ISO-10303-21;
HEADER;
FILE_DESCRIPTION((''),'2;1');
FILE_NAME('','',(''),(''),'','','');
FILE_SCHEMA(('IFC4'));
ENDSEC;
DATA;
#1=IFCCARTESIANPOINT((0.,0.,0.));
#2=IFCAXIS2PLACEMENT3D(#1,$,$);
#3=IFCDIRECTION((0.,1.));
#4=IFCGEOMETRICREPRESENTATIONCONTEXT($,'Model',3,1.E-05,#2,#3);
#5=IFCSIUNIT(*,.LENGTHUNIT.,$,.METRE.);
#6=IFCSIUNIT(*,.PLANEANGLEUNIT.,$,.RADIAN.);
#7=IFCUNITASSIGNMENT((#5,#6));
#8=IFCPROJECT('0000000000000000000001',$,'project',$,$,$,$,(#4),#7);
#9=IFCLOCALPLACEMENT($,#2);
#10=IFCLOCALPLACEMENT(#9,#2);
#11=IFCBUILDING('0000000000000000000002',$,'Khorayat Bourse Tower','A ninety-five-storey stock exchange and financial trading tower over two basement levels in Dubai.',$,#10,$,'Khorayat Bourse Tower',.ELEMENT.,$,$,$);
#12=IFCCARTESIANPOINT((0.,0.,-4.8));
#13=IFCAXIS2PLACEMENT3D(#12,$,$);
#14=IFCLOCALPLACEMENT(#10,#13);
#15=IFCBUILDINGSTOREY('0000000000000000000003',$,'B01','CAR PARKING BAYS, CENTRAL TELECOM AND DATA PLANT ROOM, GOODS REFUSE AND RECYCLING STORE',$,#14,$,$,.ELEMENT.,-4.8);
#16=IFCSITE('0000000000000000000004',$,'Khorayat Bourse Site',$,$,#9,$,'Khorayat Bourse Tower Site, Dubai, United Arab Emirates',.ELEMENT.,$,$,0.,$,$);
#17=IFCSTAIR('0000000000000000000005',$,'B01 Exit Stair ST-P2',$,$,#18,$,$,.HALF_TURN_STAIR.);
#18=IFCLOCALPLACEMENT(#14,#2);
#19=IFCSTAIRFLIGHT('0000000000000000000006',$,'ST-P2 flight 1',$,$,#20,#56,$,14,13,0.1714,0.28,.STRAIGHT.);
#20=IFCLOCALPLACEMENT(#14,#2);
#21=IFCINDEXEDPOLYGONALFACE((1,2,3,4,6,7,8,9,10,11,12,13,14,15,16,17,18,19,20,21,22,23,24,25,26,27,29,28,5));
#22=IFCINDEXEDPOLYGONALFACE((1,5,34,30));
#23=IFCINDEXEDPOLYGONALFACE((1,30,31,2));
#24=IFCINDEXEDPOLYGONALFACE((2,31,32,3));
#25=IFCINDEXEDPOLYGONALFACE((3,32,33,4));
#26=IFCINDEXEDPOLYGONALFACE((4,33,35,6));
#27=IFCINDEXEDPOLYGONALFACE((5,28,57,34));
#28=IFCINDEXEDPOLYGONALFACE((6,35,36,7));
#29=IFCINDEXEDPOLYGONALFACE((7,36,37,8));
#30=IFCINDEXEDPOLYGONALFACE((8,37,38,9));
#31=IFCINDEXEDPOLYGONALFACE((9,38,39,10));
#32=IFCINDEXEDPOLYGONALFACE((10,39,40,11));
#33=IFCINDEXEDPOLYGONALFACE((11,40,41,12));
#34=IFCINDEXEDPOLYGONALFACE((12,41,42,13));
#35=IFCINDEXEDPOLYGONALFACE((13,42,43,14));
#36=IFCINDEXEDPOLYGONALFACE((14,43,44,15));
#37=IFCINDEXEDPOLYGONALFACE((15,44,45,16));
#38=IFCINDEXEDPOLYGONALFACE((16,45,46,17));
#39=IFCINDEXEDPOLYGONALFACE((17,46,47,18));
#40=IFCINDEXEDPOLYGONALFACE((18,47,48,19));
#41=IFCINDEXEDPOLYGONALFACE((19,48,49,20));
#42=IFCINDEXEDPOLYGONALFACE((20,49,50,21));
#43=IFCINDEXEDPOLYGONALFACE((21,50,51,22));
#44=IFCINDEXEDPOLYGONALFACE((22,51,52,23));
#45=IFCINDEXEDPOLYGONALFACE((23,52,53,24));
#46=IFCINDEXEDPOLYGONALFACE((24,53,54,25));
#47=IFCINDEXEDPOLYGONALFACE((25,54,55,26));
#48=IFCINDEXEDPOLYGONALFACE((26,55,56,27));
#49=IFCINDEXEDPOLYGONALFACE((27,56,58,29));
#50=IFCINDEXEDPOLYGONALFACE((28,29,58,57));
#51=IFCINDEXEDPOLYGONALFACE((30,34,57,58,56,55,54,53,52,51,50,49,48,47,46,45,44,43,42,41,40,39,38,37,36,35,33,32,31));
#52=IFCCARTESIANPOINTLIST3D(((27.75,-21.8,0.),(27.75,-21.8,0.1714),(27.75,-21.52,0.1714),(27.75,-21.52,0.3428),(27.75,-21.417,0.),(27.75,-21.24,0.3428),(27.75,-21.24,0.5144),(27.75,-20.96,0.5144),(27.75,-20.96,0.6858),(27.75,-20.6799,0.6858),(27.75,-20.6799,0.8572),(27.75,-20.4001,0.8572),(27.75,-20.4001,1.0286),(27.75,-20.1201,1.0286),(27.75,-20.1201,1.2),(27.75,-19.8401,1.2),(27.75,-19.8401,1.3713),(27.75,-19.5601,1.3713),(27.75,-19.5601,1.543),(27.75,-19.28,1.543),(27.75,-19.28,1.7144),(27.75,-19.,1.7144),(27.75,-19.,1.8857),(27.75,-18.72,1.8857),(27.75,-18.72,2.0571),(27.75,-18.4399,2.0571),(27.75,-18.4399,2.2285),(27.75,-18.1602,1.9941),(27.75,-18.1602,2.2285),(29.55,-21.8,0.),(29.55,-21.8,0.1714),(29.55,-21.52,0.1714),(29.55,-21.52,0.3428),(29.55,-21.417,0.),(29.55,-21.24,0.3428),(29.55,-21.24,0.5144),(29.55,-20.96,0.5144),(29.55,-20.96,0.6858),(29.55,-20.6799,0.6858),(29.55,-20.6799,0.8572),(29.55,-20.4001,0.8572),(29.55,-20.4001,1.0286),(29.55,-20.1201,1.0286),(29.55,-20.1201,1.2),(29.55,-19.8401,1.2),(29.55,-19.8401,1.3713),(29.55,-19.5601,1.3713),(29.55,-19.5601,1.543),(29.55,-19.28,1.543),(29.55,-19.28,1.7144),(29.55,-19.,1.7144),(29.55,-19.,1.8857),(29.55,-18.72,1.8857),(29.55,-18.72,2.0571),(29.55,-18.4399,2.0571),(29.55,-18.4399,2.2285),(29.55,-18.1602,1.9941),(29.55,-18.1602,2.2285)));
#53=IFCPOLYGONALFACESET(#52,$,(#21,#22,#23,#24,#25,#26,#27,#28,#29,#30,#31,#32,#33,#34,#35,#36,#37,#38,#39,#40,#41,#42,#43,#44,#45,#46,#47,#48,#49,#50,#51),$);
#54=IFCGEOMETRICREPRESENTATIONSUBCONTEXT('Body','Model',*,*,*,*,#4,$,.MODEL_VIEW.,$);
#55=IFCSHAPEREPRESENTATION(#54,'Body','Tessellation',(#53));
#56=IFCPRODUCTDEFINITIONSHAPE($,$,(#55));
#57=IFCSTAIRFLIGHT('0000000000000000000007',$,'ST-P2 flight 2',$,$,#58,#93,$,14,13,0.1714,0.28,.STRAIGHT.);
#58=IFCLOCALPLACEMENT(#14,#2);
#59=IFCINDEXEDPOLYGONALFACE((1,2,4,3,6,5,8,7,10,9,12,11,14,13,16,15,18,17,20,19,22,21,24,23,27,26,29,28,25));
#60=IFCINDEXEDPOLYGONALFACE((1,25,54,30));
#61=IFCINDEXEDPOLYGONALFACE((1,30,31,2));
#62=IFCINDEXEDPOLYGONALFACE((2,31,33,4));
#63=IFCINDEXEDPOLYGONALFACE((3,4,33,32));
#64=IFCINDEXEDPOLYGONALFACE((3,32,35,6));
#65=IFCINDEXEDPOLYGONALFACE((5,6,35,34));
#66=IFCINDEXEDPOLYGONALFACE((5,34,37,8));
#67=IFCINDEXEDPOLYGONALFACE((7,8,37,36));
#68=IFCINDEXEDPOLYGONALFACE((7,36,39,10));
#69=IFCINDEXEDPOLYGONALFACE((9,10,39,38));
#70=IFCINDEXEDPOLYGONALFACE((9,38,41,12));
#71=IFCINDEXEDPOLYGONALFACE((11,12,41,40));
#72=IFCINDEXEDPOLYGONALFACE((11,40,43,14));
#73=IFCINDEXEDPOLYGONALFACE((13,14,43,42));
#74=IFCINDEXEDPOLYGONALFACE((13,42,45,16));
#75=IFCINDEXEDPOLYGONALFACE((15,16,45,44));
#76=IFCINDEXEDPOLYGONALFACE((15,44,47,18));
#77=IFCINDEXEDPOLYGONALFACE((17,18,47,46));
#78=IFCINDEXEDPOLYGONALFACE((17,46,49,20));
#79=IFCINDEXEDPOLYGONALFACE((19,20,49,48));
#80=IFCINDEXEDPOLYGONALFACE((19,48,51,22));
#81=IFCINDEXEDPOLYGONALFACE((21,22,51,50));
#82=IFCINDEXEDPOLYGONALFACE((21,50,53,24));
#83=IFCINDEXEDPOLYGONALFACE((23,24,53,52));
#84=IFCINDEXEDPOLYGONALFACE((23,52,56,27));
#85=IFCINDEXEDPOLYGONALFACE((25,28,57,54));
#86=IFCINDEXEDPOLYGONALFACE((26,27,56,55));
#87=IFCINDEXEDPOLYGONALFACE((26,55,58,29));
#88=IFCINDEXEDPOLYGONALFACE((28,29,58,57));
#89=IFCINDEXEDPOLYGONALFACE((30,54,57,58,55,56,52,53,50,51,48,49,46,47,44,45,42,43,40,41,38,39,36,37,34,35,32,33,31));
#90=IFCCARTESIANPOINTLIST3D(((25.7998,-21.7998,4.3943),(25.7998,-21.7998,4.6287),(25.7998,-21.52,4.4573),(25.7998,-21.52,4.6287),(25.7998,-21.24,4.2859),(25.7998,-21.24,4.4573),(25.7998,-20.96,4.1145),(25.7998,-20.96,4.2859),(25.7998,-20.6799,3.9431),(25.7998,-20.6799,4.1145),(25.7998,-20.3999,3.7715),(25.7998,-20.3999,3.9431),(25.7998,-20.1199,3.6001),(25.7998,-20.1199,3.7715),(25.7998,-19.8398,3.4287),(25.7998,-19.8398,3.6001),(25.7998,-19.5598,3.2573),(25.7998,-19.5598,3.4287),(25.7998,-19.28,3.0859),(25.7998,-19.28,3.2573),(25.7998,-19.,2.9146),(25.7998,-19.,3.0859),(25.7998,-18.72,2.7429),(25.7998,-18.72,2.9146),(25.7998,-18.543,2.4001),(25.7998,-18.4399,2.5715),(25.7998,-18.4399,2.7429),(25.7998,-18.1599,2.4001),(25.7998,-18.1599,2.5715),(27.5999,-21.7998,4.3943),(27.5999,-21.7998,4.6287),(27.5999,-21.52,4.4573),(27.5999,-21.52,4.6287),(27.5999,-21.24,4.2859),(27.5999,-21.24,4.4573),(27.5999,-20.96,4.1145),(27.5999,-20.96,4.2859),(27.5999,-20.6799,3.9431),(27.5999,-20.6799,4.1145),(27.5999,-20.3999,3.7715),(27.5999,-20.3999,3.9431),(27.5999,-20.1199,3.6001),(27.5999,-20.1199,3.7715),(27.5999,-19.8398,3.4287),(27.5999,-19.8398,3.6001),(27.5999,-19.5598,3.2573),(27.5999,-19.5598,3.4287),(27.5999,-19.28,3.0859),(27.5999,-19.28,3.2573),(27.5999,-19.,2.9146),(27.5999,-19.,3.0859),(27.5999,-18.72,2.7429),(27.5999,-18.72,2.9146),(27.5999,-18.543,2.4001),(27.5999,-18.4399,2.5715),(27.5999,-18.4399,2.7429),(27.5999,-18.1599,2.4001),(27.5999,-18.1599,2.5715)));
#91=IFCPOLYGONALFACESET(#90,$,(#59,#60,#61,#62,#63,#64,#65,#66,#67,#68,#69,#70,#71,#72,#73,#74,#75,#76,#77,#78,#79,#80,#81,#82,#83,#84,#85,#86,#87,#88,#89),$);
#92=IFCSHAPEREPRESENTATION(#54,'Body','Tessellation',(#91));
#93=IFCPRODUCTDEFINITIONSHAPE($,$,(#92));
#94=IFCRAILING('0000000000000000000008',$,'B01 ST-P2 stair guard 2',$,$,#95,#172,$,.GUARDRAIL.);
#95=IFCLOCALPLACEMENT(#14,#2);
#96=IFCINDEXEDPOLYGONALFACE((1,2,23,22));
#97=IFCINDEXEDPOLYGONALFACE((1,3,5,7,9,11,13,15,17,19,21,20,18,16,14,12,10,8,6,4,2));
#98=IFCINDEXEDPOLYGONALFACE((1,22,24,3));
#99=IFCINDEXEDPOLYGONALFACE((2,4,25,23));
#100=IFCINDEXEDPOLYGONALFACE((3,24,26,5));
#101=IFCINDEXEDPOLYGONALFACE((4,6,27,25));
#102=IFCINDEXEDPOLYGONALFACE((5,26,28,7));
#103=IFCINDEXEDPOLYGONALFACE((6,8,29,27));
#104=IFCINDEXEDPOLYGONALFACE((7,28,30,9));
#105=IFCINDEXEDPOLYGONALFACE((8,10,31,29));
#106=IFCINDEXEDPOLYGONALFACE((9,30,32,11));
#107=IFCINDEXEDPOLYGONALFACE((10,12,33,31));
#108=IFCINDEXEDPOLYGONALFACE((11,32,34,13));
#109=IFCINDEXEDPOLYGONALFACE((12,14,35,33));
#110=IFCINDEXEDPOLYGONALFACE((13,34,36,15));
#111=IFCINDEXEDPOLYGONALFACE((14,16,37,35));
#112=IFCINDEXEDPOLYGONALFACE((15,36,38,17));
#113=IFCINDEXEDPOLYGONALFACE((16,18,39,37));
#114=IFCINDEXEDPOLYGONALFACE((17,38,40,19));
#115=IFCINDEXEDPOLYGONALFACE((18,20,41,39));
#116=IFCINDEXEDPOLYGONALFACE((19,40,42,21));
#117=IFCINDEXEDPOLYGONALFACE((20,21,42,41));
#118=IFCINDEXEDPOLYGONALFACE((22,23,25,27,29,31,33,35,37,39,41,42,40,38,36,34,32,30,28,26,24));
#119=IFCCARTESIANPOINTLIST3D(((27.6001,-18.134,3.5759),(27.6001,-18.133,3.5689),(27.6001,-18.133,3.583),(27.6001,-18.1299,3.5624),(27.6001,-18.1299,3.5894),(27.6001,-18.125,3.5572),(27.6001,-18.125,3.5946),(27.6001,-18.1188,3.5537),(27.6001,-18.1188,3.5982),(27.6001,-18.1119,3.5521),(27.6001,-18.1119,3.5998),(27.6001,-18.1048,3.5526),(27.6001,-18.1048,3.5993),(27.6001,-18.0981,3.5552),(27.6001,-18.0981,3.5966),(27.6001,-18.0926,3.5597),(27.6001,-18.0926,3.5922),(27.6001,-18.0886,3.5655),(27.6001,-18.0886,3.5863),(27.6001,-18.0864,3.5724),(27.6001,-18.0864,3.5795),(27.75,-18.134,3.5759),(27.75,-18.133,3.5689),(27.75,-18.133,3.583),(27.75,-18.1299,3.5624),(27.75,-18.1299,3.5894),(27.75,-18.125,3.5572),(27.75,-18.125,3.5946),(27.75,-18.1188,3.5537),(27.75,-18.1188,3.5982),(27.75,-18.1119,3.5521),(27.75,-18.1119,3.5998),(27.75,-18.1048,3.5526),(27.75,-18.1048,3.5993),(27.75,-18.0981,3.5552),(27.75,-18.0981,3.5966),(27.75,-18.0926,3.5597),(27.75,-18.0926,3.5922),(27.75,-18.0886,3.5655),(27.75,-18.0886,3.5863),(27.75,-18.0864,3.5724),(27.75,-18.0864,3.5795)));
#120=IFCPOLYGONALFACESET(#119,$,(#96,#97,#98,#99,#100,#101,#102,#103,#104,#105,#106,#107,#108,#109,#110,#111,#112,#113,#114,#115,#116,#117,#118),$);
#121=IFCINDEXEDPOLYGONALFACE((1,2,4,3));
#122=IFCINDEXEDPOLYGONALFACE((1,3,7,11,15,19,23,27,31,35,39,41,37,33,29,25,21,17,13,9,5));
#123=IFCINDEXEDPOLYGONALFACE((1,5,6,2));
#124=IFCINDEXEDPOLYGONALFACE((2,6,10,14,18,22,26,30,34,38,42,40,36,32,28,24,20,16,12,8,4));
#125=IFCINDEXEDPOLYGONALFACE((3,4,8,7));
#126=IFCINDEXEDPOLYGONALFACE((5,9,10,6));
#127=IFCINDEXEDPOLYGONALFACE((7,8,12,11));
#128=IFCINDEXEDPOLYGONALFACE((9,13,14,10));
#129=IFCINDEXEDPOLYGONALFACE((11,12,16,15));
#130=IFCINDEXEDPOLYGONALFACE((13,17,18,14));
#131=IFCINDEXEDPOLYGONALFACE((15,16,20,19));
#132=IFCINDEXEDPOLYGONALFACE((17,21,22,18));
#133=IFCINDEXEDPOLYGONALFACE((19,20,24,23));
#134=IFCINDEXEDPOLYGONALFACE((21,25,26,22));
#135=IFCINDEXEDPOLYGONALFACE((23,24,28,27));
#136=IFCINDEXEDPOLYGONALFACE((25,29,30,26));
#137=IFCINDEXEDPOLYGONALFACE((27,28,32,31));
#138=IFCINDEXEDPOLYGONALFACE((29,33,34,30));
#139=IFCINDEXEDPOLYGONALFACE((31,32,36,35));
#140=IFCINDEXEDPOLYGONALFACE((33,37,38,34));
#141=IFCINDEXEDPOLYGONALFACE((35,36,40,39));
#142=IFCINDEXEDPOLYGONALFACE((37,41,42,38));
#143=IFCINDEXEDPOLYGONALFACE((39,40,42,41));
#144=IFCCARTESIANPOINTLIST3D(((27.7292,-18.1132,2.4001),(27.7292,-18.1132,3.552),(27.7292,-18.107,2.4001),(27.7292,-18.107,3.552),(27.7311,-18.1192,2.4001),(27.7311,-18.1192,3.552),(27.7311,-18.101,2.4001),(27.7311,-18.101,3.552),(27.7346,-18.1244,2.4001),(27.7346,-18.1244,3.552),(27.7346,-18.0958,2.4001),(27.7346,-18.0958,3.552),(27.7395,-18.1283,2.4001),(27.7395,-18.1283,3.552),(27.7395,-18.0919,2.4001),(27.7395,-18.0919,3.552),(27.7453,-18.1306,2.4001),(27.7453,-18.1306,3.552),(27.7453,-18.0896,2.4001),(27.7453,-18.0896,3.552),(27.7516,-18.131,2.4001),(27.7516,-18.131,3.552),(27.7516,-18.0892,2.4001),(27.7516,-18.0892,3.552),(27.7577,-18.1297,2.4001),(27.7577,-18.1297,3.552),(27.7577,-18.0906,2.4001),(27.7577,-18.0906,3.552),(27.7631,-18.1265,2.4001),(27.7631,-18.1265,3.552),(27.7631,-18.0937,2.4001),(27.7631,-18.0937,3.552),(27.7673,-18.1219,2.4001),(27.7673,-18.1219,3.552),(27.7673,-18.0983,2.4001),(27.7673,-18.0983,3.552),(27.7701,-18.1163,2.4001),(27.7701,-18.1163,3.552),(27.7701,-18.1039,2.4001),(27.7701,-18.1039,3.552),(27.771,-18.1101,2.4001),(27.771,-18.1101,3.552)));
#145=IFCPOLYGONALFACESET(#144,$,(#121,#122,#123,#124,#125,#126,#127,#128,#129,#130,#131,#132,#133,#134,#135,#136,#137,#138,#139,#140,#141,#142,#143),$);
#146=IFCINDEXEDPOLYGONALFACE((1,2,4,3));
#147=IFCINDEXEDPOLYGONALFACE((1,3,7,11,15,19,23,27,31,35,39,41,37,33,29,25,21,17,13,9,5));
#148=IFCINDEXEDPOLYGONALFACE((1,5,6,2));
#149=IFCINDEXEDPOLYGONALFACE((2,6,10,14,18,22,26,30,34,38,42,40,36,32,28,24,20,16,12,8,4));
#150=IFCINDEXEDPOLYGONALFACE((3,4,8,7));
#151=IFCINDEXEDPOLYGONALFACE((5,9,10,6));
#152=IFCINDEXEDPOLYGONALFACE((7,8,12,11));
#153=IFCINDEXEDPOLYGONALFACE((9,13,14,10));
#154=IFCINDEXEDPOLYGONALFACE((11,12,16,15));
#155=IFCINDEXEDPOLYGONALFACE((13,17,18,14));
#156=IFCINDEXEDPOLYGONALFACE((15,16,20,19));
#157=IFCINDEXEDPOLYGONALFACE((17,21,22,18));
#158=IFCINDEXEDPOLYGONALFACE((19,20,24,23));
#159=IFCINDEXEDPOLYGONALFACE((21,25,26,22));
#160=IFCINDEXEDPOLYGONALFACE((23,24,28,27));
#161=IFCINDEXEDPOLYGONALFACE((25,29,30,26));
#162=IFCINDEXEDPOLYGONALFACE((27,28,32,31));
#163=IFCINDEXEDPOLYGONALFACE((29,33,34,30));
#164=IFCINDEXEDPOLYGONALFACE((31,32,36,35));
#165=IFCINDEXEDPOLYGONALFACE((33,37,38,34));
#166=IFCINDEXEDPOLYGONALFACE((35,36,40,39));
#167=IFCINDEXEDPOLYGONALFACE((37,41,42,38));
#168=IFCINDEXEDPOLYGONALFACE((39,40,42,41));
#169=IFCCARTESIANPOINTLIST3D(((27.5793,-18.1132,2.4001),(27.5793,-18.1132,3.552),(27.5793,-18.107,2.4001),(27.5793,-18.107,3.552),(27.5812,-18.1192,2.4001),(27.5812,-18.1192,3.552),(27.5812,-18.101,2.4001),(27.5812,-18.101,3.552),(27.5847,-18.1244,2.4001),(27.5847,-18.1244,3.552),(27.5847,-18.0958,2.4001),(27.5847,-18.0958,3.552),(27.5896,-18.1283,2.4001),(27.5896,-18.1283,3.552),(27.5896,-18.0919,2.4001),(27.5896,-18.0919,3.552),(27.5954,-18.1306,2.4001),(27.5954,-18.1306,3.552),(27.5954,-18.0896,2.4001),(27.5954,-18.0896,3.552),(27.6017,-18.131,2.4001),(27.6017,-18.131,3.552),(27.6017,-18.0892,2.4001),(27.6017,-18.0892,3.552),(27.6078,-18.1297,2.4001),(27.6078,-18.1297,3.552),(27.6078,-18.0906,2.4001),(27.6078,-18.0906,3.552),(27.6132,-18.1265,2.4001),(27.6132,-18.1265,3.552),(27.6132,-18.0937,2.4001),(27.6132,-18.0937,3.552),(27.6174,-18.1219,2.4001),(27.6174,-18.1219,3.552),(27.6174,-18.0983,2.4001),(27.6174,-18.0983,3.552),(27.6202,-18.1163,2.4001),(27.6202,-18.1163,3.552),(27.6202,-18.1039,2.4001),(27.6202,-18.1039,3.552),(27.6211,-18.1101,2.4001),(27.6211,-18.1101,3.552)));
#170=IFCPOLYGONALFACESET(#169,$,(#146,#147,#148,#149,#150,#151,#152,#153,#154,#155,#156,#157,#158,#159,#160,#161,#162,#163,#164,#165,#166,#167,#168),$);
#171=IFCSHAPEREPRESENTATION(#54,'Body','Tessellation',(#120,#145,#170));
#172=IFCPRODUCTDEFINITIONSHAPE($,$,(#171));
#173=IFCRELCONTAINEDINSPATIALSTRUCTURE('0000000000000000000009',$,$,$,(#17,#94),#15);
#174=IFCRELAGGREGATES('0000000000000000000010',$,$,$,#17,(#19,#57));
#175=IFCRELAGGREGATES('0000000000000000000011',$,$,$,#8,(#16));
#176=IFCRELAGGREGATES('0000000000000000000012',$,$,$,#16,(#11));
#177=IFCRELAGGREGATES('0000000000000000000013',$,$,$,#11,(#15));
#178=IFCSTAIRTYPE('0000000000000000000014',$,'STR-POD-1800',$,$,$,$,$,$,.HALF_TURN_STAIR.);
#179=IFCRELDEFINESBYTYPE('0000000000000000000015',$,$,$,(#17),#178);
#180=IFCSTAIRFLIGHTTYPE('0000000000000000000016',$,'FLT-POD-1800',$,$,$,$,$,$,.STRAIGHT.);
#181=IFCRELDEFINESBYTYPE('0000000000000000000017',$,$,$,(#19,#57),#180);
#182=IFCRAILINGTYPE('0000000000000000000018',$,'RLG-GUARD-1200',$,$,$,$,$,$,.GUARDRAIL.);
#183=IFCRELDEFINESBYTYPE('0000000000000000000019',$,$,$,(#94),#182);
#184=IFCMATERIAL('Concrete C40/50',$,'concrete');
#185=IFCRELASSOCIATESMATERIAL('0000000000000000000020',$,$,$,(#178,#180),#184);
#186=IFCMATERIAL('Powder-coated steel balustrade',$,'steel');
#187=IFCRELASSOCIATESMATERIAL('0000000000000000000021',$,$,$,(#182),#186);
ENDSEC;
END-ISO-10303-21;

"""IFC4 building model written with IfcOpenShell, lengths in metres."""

from ifc_helpers import new_model, si_unit, direction, frame, origin, origin_2d, place, context, subcontext, project, spatial, polyline, circle, outline, extrude, source, transform, mapped, material, type_object, element, aggregate, save


model = new_model("IFC4")

# Units and contexts
model_context = context("Model", 3, precision=1e-05, world=origin(), true_north=direction((0.0, 1.0)))
body_context = subcontext(model_context, "Body", "Model", "MODEL_VIEW")
ifc_project = project(units=[si_unit("LENGTHUNIT", "METRE"), si_unit("PLANEANGLEUNIT", "RADIAN")], contexts=[model_context])

# Site, building, storey
site_placement = place(None, origin())
site = spatial("IfcSite", under=ifc_project, at=site_placement, Name="Khorayat Bourse Site", LongName="Khorayat Bourse Tower Site, Dubai, United Arab Emirates", CompositionType="ELEMENT", RefElevation=0.0)
building_placement = place(site_placement, origin())
building = spatial("IfcBuilding", under=site, at=building_placement, Name="Khorayat Bourse Tower", Description="A ninety-five-storey stock exchange and financial trading tower over two basement levels in Dubai.", LongName="Khorayat Bourse Tower", CompositionType="ELEMENT")
storey_placement = place(building_placement, frame((0.0, 0.0, -4.8)))
storey = spatial("IfcBuildingStorey", under=building, at=storey_placement, Name="B01", Description="CAR PARKING BAYS, CENTRAL TELECOM AND DATA PLANT ROOM, GOODS REFUSE AND RECYCLING STORE", CompositionType="ELEMENT", Elevation=-4.8)

# Stair, stair flights
ifc_material_1 = material(Name="Concrete C40/50", Category="concrete")
stair_type = type_object("IfcStairType", Name="STR-POD-1800", PredefinedType="HALF_TURN_STAIR", material=ifc_material_1)
stair_placement = place(storey_placement, origin())
stair = element("IfcStair", 1, at=stair_placement, inside=storey, type_object=stair_type, Name="B01 Exit Stair ST-P2", PredefinedType="HALF_TURN_STAIR")
stair_flight_type = type_object("IfcStairFlightType", Name="FLT-POD-1800", PredefinedType="STRAIGHT", material=ifc_material_1)
shared_shape_1 = source(origin(), body_context, "Body", "SweptSolid", [
    extrude(outline(polyline([(0.0, 0.0), (0.0, 0.1714), (0.28, 0.1714), (0.28, 0.3428), (0.5601, 0.3428), (0.5601, 0.5144), (0.8401, 0.5144), (0.8401, 0.6858), (1.1201, 0.6858), (1.1201, 0.8572), (1.3999, 0.8572), (1.3999, 1.0286), (1.6799, 1.0286), (1.6799, 1.2), (1.96, 1.2), (1.96, 1.3713), (2.24, 1.3713), (2.24, 1.543), (2.52, 1.543), (2.52, 1.7144), (2.8, 1.7144), (2.8, 1.8857), (3.0801, 1.8857), (3.0801, 2.0571), (3.3601, 2.0571), (3.3601, 2.2285), (3.6399, 2.2285), (3.6399, 2.3999), (3.6399, 1.9941), (0.3831, 0.0), (0.0, 0.0)])), frame((0.0, 0.8999, 0.0), z_axis=(0.0, -1.0, 0.0), x_axis=(1.0, 0.0, 0.0)), (0.0, 0.0, 1.0), 1.8),
])
stair_flight_1_placement = place(storey_placement, frame((28.6499, -21.8, 0.0), z_axis=(0.0, 0.0, 1.0), x_axis=(0.0, 1.0, 0.0)))
stair_flight_1 = element("IfcStairFlight", 2, at=stair_flight_1_placement, type_object=stair_flight_type, Name="ST-P2 flight 1", NumberOfRisers=14, NumberOfTreads=13, PredefinedType="STRAIGHT", RiserHeight=0.1714, TreadLength=0.28, context=body_context, shape_type="MappedRepresentation", body=[
    mapped(shared_shape_1, transform((0.0, 0.0, 0.0), scale=1.0)),
])
stair_flight_2_placement = place(storey_placement, frame((26.7, -18.1599, 2.4001), z_axis=(0.0, 0.0, 1.0), x_axis=(0.0, -1.0, 0.0)))
stair_flight_2 = element("IfcStairFlight", 3, at=stair_flight_2_placement, type_object=stair_flight_type, Name="ST-P2 flight 2", NumberOfRisers=14, NumberOfTreads=13, PredefinedType="STRAIGHT", RiserHeight=0.1714, TreadLength=0.28, context=body_context, shape_type="MappedRepresentation", body=[
    mapped(shared_shape_1, transform((0.0, 0.0, 0.0), scale=1.0)),
])
aggregate(stair, [stair_flight_1, stair_flight_2])

# Railing
ifc_material_2 = material(Name="Powder-coated steel balustrade", Category="steel")
railing_type_1 = type_object("IfcRailingType", Name="RLG-GUARD-1200", PredefinedType="GUARDRAIL", material=ifc_material_2)
shared_shape_2 = source(origin(), body_context, "Body", "SweptSolid", [
    extrude(circle(Radius=0.0239, at=origin_2d()), frame((0.0, 0.0, 1.1758), z_axis=(-1.0, 0.0, 0.0), x_axis=(0.0, -1.0, 0.0)), (0.0, 0.0, 1.0), 0.1499),
    extrude(circle(Radius=0.021, at=origin_2d()), origin(), (0.0, 0.0, 1.0), 1.1519),
    extrude(circle(Radius=0.021, at=origin_2d()), frame((-0.1499, 0.0, 0.0)), (0.0, 0.0, 1.0), 1.1519),
])
for number, where, name in (
    (4, (27.75, -18.1101, 2.4001), "B01 ST-P2 stair guard 2"),
):
    element("IfcRailing", number, at=place(storey_placement, frame(where)), inside=storey, type_object=railing_type_1, Name=name, PredefinedType="GUARDRAIL", context=body_context, shape_type="MappedRepresentation", body=[
        mapped(shared_shape_2, transform((0.0, 0.0, 0.0), scale=1.0)),
    ])

save(model, "model.ifc")
